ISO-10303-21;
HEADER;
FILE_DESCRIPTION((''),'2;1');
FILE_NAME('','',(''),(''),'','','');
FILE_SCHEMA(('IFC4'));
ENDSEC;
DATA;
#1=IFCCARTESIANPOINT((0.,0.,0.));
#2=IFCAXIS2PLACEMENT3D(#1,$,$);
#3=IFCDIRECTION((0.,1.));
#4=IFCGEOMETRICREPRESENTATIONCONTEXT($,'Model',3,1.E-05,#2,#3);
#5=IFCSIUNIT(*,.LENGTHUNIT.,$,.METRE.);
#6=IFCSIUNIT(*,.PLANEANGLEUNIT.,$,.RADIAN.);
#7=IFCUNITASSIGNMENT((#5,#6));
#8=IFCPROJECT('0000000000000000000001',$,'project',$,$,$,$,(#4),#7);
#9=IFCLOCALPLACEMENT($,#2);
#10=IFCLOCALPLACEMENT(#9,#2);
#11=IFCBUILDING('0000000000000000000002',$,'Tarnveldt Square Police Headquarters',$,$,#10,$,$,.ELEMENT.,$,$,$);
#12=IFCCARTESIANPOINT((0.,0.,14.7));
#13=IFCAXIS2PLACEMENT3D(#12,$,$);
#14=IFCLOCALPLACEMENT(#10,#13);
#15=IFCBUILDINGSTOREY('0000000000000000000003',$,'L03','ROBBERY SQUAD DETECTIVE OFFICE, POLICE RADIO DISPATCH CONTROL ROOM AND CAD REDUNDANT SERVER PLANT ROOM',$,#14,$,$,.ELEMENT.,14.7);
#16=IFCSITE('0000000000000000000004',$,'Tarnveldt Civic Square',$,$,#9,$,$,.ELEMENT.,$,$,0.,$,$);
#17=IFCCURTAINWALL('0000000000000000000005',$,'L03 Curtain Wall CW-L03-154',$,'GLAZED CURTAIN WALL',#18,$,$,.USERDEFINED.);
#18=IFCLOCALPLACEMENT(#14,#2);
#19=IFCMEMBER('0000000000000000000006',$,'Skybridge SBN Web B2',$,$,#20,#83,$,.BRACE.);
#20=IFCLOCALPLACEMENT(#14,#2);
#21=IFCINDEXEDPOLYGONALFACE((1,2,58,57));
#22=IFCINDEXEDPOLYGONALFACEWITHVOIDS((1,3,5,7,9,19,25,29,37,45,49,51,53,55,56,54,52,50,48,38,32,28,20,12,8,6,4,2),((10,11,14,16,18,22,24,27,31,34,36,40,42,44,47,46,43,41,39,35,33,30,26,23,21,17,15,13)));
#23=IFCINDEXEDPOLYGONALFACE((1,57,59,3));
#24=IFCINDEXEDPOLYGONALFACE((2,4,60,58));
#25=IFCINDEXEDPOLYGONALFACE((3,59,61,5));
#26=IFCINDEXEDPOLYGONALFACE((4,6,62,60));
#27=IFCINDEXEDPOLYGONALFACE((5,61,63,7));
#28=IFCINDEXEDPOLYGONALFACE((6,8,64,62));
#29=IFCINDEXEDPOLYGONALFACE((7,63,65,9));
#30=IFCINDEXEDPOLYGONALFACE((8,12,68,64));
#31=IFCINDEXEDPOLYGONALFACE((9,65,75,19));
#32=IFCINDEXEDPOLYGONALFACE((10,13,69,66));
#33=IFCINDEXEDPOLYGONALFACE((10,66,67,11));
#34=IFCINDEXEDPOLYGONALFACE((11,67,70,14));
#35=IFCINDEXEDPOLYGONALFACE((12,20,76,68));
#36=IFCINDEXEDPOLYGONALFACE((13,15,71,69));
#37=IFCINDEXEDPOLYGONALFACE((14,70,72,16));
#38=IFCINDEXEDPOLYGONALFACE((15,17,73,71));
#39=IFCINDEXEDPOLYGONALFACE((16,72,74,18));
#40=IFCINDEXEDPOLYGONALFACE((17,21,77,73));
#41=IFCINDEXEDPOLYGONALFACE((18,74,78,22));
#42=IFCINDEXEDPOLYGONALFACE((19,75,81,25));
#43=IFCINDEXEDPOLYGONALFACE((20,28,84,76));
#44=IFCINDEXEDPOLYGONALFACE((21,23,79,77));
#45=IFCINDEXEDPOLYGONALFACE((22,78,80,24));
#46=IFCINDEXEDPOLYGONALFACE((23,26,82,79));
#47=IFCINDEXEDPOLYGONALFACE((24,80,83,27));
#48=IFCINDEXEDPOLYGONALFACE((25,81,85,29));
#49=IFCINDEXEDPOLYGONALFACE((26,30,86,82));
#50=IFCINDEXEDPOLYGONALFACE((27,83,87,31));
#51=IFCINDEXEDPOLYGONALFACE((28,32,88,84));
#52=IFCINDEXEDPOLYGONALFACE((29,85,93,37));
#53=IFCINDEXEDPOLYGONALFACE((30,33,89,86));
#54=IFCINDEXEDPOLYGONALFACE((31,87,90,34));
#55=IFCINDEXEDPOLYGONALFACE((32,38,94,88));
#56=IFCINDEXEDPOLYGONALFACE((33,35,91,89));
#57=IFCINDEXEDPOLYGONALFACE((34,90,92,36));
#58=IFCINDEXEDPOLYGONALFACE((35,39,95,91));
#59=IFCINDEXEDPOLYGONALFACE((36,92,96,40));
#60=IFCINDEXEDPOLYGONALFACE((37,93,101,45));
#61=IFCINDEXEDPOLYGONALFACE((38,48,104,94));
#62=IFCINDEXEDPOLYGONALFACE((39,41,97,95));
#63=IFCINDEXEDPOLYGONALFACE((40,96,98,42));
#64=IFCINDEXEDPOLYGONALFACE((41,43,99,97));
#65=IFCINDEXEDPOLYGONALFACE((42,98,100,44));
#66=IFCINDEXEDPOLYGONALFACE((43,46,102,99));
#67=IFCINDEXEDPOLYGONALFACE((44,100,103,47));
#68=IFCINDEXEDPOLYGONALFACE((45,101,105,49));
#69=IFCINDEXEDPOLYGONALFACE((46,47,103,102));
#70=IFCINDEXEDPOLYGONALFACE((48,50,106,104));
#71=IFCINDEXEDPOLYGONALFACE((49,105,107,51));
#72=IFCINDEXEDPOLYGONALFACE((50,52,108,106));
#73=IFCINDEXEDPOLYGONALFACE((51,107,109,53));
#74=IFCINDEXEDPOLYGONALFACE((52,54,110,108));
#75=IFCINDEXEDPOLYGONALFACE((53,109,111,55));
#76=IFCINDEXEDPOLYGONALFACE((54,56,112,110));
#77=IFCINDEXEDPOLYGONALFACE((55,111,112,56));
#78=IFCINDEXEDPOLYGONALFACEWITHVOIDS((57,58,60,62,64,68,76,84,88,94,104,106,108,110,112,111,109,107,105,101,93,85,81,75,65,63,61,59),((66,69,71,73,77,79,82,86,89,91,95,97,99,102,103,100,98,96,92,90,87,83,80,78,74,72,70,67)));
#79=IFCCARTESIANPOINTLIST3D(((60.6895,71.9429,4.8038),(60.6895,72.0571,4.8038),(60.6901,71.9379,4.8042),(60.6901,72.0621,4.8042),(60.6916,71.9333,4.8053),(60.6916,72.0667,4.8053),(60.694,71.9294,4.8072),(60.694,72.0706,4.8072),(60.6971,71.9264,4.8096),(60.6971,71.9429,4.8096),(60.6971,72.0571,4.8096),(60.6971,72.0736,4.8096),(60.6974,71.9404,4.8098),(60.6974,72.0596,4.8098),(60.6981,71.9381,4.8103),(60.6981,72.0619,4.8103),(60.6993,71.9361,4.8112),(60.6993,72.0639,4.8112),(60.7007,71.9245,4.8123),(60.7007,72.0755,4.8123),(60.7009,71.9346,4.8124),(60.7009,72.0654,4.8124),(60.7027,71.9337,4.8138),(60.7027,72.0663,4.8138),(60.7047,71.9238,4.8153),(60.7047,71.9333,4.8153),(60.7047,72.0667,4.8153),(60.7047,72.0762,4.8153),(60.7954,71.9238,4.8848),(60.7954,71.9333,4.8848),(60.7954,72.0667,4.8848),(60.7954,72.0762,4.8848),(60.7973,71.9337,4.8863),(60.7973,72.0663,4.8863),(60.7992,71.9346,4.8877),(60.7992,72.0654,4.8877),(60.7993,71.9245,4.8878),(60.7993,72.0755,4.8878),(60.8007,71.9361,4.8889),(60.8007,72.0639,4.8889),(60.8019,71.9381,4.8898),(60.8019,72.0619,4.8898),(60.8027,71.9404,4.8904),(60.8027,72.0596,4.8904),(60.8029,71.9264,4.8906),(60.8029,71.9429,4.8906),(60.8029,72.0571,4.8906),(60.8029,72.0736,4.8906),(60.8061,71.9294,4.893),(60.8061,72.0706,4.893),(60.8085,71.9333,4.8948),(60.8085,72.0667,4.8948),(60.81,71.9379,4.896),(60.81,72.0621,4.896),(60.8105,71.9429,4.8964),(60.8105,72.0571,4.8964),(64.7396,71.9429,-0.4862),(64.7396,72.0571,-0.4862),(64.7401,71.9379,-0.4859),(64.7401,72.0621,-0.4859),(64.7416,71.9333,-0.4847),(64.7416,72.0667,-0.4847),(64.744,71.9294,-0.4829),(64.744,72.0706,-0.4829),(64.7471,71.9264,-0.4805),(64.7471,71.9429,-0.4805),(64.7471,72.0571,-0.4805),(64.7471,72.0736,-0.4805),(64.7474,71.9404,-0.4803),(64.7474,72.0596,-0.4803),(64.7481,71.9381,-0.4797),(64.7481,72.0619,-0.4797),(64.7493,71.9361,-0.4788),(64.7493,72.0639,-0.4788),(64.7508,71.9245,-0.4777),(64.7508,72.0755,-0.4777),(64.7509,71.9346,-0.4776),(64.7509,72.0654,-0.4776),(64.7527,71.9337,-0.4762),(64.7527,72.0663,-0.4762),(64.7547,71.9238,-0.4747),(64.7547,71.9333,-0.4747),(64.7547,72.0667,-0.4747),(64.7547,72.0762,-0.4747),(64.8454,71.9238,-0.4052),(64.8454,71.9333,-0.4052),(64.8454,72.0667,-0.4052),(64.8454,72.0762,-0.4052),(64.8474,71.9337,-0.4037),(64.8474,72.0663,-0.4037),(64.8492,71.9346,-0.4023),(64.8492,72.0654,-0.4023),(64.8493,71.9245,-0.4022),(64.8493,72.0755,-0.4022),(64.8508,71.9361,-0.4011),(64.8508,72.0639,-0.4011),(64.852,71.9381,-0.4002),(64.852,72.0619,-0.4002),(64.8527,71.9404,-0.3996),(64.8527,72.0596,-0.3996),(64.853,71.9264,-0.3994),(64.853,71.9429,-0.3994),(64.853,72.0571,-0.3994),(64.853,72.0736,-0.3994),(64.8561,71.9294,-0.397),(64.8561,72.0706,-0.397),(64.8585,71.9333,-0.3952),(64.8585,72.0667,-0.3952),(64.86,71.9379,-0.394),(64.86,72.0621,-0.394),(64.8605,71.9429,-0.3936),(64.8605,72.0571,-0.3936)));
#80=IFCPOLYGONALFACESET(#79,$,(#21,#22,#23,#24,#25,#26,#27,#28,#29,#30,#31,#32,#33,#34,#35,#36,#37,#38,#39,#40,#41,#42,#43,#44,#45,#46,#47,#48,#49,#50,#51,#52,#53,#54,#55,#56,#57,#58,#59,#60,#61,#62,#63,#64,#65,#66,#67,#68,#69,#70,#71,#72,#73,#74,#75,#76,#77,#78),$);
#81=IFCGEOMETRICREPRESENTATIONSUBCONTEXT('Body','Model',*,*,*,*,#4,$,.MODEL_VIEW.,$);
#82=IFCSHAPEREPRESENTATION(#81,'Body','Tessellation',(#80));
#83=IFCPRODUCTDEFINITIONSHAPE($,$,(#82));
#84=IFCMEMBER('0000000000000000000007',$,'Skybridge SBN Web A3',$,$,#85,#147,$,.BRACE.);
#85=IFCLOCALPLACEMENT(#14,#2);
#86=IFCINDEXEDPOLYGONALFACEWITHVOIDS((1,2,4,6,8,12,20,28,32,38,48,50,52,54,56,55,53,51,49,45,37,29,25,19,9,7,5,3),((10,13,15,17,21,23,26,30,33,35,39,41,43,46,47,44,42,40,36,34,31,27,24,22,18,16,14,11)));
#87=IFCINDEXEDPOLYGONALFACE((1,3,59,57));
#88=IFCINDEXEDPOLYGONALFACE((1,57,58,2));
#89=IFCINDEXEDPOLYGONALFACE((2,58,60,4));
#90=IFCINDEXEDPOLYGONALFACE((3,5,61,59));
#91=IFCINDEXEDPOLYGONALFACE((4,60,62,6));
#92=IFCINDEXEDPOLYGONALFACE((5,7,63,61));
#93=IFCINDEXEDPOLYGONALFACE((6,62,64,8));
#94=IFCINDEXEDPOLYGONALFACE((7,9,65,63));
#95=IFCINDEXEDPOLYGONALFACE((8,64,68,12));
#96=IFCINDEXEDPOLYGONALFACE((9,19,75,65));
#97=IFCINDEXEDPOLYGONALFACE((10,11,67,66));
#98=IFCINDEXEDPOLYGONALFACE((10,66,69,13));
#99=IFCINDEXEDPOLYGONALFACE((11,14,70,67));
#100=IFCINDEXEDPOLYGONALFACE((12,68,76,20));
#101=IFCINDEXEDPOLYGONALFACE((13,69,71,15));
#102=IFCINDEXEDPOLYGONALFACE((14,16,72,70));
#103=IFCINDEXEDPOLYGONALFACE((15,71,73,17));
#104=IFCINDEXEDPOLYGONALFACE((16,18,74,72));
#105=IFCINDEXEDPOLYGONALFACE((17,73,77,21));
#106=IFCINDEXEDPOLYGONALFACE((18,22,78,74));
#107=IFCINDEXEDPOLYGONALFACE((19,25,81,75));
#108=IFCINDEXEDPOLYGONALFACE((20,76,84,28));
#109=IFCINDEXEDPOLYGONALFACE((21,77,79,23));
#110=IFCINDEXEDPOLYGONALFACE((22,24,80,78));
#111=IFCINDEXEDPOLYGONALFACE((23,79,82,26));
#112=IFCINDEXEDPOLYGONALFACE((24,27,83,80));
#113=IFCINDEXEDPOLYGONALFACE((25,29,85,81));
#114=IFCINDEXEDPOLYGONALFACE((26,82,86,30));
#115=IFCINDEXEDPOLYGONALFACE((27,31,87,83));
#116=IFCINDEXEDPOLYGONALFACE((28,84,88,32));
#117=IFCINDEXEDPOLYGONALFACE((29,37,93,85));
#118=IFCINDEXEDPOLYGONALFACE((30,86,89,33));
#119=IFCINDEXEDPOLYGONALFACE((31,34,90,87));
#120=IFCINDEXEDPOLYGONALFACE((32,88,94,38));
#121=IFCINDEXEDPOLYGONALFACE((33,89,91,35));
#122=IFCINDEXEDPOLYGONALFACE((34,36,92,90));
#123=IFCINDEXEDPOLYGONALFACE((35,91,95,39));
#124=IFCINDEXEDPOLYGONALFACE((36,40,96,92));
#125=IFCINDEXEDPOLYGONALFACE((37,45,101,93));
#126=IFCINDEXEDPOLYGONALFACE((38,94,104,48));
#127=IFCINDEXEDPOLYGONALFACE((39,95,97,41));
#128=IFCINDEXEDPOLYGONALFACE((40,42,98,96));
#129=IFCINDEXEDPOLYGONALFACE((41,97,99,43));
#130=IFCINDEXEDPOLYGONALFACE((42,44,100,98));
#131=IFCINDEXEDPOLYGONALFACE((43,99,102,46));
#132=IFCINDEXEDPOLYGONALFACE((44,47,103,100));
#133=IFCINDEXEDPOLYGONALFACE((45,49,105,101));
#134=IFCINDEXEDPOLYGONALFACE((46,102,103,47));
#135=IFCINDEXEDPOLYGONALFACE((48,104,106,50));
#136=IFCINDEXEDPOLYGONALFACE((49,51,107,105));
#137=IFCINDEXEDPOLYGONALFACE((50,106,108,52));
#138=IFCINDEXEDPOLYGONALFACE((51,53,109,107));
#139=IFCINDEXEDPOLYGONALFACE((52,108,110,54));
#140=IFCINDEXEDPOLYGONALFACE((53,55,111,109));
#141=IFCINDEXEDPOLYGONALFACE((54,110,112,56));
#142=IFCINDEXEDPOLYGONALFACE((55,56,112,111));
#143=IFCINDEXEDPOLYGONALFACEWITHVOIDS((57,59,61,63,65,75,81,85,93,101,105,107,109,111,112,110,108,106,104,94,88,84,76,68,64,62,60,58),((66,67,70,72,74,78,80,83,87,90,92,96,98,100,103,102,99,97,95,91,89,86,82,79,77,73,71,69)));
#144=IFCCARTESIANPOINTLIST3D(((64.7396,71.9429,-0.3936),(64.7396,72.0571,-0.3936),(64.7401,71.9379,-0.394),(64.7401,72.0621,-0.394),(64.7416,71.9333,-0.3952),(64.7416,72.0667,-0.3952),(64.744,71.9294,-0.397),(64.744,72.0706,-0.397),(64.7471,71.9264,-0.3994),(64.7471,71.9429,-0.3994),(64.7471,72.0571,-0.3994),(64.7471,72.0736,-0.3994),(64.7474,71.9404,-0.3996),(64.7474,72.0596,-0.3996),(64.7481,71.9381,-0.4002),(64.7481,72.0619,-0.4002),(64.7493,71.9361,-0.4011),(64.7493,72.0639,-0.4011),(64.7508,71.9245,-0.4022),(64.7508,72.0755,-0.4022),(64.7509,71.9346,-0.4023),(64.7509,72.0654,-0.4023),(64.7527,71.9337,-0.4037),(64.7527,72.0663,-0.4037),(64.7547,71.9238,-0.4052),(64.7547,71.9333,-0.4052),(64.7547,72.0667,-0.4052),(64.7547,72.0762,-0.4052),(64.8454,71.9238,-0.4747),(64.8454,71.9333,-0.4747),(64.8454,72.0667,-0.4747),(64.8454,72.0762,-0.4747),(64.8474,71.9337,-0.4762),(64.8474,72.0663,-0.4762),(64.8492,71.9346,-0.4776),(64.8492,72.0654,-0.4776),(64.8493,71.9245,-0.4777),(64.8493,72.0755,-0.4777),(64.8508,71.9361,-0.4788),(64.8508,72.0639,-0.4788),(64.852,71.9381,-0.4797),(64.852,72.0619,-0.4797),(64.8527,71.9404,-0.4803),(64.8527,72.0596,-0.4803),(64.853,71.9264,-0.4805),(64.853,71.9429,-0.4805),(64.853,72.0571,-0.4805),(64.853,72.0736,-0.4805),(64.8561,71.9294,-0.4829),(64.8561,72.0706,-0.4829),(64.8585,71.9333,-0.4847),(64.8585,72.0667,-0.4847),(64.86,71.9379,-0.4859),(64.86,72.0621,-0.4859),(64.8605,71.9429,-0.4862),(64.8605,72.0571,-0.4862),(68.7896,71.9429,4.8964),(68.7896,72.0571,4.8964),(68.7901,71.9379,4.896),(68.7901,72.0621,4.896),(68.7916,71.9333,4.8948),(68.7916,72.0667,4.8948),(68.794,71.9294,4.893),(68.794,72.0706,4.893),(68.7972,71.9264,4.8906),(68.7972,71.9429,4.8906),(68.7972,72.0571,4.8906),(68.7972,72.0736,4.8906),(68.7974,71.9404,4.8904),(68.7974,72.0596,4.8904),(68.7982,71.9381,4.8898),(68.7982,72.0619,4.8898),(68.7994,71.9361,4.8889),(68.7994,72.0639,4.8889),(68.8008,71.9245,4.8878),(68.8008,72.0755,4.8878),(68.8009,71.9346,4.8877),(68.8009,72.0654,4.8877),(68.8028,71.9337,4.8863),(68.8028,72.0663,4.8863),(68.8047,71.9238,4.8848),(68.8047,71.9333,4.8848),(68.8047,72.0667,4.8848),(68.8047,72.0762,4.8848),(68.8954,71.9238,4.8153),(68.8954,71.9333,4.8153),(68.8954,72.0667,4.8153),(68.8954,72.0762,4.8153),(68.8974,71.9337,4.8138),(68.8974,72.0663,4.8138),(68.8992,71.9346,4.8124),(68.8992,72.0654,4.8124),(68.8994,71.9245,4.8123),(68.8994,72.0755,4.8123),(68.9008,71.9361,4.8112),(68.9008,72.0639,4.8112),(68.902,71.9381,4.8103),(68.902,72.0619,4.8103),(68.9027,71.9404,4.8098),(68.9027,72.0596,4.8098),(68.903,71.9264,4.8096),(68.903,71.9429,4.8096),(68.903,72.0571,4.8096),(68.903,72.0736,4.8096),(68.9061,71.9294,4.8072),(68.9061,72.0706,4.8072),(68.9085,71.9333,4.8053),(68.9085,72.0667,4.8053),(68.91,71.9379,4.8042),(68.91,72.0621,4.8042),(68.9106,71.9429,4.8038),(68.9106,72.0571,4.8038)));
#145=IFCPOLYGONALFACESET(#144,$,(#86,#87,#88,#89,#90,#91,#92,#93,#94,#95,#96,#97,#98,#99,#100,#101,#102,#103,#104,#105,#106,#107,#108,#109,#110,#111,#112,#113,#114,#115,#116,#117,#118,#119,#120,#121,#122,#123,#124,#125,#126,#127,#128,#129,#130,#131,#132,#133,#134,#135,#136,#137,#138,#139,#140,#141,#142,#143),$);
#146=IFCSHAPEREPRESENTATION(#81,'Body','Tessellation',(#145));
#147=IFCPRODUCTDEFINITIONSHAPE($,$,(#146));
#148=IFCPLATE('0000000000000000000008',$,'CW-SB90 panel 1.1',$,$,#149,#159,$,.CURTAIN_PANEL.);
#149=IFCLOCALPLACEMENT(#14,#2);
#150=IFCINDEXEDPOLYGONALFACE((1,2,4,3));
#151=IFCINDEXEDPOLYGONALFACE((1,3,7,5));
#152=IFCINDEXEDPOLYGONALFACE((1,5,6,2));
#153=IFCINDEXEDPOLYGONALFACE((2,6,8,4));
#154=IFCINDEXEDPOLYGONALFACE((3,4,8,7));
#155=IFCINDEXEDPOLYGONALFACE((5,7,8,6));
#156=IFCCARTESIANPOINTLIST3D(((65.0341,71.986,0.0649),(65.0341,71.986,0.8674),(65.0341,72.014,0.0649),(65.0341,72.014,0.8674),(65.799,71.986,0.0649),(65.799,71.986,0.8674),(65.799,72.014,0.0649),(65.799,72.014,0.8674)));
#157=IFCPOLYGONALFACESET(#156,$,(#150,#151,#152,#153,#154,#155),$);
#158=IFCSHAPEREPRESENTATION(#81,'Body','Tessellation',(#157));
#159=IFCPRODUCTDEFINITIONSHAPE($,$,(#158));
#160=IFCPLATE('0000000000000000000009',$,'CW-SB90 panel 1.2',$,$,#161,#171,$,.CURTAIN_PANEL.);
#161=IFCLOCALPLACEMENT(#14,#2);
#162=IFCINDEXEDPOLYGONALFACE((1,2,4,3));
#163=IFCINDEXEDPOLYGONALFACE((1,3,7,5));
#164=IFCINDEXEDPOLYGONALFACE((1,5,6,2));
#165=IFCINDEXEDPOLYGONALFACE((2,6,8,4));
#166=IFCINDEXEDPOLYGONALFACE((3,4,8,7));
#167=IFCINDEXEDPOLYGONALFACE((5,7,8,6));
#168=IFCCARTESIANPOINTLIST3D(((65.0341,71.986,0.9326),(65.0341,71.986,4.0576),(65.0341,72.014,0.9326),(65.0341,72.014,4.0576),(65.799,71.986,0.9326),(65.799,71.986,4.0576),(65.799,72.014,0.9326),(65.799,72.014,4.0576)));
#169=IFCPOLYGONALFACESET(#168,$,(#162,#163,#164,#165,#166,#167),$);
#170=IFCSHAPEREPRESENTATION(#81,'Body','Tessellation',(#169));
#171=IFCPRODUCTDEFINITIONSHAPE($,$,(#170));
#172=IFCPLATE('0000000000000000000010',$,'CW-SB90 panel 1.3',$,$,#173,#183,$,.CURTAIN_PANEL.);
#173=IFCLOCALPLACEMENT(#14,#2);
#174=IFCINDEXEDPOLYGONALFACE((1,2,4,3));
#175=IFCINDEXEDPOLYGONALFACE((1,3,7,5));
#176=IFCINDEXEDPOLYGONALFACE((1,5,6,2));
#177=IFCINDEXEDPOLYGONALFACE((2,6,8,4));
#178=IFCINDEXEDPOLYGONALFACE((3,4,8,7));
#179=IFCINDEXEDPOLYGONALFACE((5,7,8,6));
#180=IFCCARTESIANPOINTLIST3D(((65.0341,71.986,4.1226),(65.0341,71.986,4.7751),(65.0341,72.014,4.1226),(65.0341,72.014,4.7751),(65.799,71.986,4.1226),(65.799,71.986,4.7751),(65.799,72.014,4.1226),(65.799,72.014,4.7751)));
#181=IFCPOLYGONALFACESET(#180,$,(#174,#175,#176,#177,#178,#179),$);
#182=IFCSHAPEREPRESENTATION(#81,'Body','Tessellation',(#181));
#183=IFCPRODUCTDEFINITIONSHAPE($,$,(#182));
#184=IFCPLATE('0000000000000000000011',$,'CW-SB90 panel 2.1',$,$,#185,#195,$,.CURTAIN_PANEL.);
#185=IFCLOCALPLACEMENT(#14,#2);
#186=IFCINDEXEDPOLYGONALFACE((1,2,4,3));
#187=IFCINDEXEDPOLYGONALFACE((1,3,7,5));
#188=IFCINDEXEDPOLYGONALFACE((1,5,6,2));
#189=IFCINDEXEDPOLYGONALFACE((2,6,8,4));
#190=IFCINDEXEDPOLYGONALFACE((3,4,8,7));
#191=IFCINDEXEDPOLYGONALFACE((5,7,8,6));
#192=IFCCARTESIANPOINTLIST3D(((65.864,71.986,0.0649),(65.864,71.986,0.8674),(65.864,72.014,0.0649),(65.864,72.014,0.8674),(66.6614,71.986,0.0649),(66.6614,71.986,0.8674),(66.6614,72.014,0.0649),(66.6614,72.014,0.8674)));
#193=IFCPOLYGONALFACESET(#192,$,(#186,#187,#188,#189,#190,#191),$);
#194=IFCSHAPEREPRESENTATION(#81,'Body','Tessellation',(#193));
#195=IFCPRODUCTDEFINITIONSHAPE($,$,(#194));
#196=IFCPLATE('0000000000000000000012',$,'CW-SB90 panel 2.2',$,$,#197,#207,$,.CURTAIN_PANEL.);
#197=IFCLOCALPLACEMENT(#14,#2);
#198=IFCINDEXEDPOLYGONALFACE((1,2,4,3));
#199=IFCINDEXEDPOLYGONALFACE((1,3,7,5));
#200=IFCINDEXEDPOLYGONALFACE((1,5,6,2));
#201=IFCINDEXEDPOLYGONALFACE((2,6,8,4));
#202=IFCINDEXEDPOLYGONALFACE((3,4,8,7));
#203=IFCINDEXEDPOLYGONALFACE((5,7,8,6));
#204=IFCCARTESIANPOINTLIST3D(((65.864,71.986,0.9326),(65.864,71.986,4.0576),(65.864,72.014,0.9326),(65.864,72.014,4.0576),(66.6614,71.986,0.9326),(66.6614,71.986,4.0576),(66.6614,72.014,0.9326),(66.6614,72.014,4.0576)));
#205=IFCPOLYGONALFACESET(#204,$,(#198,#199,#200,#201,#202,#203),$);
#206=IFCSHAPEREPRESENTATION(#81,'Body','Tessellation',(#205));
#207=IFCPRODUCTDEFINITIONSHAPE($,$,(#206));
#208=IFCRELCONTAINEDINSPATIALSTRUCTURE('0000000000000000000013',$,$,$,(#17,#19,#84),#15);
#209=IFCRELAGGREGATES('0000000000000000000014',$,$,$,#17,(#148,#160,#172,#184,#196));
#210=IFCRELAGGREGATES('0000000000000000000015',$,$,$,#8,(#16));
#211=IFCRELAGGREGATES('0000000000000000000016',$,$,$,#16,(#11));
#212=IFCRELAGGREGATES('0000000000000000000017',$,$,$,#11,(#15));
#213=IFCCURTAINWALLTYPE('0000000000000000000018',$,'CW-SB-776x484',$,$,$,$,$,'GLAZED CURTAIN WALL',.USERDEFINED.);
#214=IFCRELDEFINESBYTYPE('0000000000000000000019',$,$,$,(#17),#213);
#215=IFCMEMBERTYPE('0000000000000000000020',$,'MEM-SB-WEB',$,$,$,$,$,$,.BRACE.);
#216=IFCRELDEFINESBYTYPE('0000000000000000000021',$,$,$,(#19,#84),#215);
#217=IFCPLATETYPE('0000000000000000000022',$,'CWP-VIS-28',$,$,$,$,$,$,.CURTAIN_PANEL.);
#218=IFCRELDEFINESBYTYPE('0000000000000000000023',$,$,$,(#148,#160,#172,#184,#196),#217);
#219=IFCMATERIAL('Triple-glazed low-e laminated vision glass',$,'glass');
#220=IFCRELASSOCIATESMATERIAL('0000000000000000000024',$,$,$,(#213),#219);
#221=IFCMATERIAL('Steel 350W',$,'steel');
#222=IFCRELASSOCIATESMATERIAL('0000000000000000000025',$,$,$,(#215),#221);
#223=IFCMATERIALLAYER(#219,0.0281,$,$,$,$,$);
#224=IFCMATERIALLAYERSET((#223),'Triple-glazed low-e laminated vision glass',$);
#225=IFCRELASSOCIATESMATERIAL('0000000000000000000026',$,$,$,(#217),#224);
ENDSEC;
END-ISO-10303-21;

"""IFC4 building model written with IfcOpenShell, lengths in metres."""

from ifc_helpers import new_model, si_unit, direction, frame, origin, origin_2d, place, context, subcontext, project, spatial, rectangle, hollow_rectangle, extrude, material, layer, layer_set, material_profile, profile_set, type_object, element, aggregate, save


model = new_model("IFC4")

# Units and contexts
model_context = context("Model", 3, precision=1e-05, world=origin(), true_north=direction((0.0, 1.0)))
body_context = subcontext(model_context, "Body", "Model", "MODEL_VIEW")
ifc_project = project(units=[si_unit("LENGTHUNIT", "METRE"), si_unit("PLANEANGLEUNIT", "RADIAN")], contexts=[model_context])

# Site, building, storey
site_placement = place(None, origin())
site = spatial("IfcSite", under=ifc_project, at=site_placement, Name="Tarnveldt Civic Square", CompositionType="ELEMENT", RefElevation=0.0)
building_placement = place(site_placement, origin())
building = spatial("IfcBuilding", under=site, at=building_placement, Name="Tarnveldt Square Police Headquarters", CompositionType="ELEMENT")
storey_placement = place(building_placement, frame((0.0, 0.0, 14.7)))
storey = spatial("IfcBuildingStorey", under=building, at=storey_placement, Name="L03", Description="ROBBERY SQUAD DETECTIVE OFFICE, POLICE RADIO DISPATCH CONTROL ROOM AND CAD REDUNDANT SERVER PLANT ROOM", CompositionType="ELEMENT", Elevation=14.7)

# Shared definitions
ifc_material_1 = material(Name="Steel 350W", Category="steel")

# Shared definitions
ifc_material_2 = material(Name="Triple-glazed low-e laminated vision glass", Category="glass")
curtain_wall_type = type_object("IfcCurtainWallType", Name="CW-SB-776x484", ElementType="GLAZED CURTAIN WALL", PredefinedType="USERDEFINED", material=ifc_material_2)

# Curtain wall
curtain_wall_1_placement = place(storey_placement, origin())
curtain_wall_1 = element("IfcCurtainWall", 1, at=curtain_wall_1_placement, inside=storey, type_object=curtain_wall_type, Name="L03 Curtain Wall CW-L03-154", ObjectType="GLAZED CURTAIN WALL", PredefinedType="USERDEFINED")

# Members
ifc_material_profile_1 = material_profile(ifc_material_1, hollow_rectangle(XDim=0.1523, YDim=0.1523, WallThickness=0.0095, InnerFilletRadius=0.0095, OuterFilletRadius=0.019, at=origin_2d()), Name="HSS152x152x9.5")
ifc_profile_set_1 = profile_set([ifc_material_profile_1], Name="Steel 350W")
member_type_1 = type_object("IfcMemberType", Name="MEM-SB-WEB", PredefinedType="BRACE", material=ifc_profile_set_1)
for number, where, z_axis, x_axis, name in (
    (2, (64.8, 72.0, -0.4399), (-0.607898, 0.0, 0.794016), (0.0, -1.0, 0.0), "Skybridge SBN Web B2"),
    (3, (64.8, 72.0, -0.4399), (0.607898, 0.0, 0.794016), (0.0, 1.0, 0.0), "Skybridge SBN Web A3"),
):
    element("IfcMember", number, at=place(storey_placement, frame(where, z_axis=z_axis, x_axis=x_axis)), inside=storey, type_object=member_type_1, Name=name, PredefinedType="BRACE", context=body_context, shape_type="SweptSolid", body=[
        extrude(hollow_rectangle(XDim=0.1523, YDim=0.1523, WallThickness=0.0095, InnerFilletRadius=0.0095, OuterFilletRadius=0.019, at=origin_2d()), origin(), (0.0, 0.0, 1.0), 6.6624),
    ])

# Plates
ifc_layer = layer(ifc_material_2, 0.0281)
ifc_layer_set = layer_set([ifc_layer], Name="Triple-glazed low-e laminated vision glass")
plate_type = type_object("IfcPlateType", Name="CWP-VIS-28", PredefinedType="CURTAIN_PANEL", material=ifc_layer_set)
plate_1_placement = place(storey_placement, frame((65.4165, 72.0, 0.0649), z_axis=(0.0, 0.0, 1.0), x_axis=(1.0, 0.0, 0.0)))
plate_1 = element("IfcPlate", 4, at=plate_1_placement, type_object=plate_type, Name="CW-SB90 panel 1.1", PredefinedType="CURTAIN_PANEL", context=body_context, shape_type="SweptSolid", body=[
    extrude(rectangle(XDim=0.7649, YDim=0.0281, at=origin_2d()), origin(), (0.0, 0.0, 1.0), 0.8025),
])
plate_2_placement = place(storey_placement, frame((65.4165, 72.0, 0.9326), z_axis=(0.0, 0.0, 1.0), x_axis=(1.0, 0.0, 0.0)))
plate_2 = element("IfcPlate", 5, at=plate_2_placement, type_object=plate_type, Name="CW-SB90 panel 1.2", PredefinedType="CURTAIN_PANEL", context=body_context, shape_type="SweptSolid", body=[
    extrude(rectangle(XDim=0.7649, YDim=0.0281, at=origin_2d()), origin(), (0.0, 0.0, 1.0), 3.125),
])
plate_3_placement = place(storey_placement, frame((65.4165, 72.0, 4.1226), z_axis=(0.0, 0.0, 1.0), x_axis=(1.0, 0.0, 0.0)))
plate_3 = element("IfcPlate", 6, at=plate_3_placement, type_object=plate_type, Name="CW-SB90 panel 1.3", PredefinedType="CURTAIN_PANEL", context=body_context, shape_type="SweptSolid", body=[
    extrude(rectangle(XDim=0.7649, YDim=0.0281, at=origin_2d()), origin(), (0.0, 0.0, 1.0), 0.6526),
])
plate_4_placement = place(storey_placement, frame((66.2627, 72.0, 0.0649), z_axis=(0.0, 0.0, 1.0), x_axis=(1.0, 0.0, 0.0)))
plate_4 = element("IfcPlate", 7, at=plate_4_placement, type_object=plate_type, Name="CW-SB90 panel 2.1", PredefinedType="CURTAIN_PANEL", context=body_context, shape_type="SweptSolid", body=[
    extrude(rectangle(XDim=0.7974, YDim=0.0281, at=origin_2d()), origin(), (0.0, 0.0, 1.0), 0.8025),
])
plate_5_placement = place(storey_placement, frame((66.2627, 72.0, 0.9326), z_axis=(0.0, 0.0, 1.0), x_axis=(1.0, 0.0, 0.0)))
plate_5 = element("IfcPlate", 8, at=plate_5_placement, type_object=plate_type, Name="CW-SB90 panel 2.2", PredefinedType="CURTAIN_PANEL", context=body_context, shape_type="SweptSolid", body=[
    extrude(rectangle(XDim=0.7974, YDim=0.0281, at=origin_2d()), origin(), (0.0, 0.0, 1.0), 3.125),
])
aggregate(curtain_wall_1, [plate_1, plate_2, plate_3, plate_4, plate_5])

save(model, "model.ifc")
